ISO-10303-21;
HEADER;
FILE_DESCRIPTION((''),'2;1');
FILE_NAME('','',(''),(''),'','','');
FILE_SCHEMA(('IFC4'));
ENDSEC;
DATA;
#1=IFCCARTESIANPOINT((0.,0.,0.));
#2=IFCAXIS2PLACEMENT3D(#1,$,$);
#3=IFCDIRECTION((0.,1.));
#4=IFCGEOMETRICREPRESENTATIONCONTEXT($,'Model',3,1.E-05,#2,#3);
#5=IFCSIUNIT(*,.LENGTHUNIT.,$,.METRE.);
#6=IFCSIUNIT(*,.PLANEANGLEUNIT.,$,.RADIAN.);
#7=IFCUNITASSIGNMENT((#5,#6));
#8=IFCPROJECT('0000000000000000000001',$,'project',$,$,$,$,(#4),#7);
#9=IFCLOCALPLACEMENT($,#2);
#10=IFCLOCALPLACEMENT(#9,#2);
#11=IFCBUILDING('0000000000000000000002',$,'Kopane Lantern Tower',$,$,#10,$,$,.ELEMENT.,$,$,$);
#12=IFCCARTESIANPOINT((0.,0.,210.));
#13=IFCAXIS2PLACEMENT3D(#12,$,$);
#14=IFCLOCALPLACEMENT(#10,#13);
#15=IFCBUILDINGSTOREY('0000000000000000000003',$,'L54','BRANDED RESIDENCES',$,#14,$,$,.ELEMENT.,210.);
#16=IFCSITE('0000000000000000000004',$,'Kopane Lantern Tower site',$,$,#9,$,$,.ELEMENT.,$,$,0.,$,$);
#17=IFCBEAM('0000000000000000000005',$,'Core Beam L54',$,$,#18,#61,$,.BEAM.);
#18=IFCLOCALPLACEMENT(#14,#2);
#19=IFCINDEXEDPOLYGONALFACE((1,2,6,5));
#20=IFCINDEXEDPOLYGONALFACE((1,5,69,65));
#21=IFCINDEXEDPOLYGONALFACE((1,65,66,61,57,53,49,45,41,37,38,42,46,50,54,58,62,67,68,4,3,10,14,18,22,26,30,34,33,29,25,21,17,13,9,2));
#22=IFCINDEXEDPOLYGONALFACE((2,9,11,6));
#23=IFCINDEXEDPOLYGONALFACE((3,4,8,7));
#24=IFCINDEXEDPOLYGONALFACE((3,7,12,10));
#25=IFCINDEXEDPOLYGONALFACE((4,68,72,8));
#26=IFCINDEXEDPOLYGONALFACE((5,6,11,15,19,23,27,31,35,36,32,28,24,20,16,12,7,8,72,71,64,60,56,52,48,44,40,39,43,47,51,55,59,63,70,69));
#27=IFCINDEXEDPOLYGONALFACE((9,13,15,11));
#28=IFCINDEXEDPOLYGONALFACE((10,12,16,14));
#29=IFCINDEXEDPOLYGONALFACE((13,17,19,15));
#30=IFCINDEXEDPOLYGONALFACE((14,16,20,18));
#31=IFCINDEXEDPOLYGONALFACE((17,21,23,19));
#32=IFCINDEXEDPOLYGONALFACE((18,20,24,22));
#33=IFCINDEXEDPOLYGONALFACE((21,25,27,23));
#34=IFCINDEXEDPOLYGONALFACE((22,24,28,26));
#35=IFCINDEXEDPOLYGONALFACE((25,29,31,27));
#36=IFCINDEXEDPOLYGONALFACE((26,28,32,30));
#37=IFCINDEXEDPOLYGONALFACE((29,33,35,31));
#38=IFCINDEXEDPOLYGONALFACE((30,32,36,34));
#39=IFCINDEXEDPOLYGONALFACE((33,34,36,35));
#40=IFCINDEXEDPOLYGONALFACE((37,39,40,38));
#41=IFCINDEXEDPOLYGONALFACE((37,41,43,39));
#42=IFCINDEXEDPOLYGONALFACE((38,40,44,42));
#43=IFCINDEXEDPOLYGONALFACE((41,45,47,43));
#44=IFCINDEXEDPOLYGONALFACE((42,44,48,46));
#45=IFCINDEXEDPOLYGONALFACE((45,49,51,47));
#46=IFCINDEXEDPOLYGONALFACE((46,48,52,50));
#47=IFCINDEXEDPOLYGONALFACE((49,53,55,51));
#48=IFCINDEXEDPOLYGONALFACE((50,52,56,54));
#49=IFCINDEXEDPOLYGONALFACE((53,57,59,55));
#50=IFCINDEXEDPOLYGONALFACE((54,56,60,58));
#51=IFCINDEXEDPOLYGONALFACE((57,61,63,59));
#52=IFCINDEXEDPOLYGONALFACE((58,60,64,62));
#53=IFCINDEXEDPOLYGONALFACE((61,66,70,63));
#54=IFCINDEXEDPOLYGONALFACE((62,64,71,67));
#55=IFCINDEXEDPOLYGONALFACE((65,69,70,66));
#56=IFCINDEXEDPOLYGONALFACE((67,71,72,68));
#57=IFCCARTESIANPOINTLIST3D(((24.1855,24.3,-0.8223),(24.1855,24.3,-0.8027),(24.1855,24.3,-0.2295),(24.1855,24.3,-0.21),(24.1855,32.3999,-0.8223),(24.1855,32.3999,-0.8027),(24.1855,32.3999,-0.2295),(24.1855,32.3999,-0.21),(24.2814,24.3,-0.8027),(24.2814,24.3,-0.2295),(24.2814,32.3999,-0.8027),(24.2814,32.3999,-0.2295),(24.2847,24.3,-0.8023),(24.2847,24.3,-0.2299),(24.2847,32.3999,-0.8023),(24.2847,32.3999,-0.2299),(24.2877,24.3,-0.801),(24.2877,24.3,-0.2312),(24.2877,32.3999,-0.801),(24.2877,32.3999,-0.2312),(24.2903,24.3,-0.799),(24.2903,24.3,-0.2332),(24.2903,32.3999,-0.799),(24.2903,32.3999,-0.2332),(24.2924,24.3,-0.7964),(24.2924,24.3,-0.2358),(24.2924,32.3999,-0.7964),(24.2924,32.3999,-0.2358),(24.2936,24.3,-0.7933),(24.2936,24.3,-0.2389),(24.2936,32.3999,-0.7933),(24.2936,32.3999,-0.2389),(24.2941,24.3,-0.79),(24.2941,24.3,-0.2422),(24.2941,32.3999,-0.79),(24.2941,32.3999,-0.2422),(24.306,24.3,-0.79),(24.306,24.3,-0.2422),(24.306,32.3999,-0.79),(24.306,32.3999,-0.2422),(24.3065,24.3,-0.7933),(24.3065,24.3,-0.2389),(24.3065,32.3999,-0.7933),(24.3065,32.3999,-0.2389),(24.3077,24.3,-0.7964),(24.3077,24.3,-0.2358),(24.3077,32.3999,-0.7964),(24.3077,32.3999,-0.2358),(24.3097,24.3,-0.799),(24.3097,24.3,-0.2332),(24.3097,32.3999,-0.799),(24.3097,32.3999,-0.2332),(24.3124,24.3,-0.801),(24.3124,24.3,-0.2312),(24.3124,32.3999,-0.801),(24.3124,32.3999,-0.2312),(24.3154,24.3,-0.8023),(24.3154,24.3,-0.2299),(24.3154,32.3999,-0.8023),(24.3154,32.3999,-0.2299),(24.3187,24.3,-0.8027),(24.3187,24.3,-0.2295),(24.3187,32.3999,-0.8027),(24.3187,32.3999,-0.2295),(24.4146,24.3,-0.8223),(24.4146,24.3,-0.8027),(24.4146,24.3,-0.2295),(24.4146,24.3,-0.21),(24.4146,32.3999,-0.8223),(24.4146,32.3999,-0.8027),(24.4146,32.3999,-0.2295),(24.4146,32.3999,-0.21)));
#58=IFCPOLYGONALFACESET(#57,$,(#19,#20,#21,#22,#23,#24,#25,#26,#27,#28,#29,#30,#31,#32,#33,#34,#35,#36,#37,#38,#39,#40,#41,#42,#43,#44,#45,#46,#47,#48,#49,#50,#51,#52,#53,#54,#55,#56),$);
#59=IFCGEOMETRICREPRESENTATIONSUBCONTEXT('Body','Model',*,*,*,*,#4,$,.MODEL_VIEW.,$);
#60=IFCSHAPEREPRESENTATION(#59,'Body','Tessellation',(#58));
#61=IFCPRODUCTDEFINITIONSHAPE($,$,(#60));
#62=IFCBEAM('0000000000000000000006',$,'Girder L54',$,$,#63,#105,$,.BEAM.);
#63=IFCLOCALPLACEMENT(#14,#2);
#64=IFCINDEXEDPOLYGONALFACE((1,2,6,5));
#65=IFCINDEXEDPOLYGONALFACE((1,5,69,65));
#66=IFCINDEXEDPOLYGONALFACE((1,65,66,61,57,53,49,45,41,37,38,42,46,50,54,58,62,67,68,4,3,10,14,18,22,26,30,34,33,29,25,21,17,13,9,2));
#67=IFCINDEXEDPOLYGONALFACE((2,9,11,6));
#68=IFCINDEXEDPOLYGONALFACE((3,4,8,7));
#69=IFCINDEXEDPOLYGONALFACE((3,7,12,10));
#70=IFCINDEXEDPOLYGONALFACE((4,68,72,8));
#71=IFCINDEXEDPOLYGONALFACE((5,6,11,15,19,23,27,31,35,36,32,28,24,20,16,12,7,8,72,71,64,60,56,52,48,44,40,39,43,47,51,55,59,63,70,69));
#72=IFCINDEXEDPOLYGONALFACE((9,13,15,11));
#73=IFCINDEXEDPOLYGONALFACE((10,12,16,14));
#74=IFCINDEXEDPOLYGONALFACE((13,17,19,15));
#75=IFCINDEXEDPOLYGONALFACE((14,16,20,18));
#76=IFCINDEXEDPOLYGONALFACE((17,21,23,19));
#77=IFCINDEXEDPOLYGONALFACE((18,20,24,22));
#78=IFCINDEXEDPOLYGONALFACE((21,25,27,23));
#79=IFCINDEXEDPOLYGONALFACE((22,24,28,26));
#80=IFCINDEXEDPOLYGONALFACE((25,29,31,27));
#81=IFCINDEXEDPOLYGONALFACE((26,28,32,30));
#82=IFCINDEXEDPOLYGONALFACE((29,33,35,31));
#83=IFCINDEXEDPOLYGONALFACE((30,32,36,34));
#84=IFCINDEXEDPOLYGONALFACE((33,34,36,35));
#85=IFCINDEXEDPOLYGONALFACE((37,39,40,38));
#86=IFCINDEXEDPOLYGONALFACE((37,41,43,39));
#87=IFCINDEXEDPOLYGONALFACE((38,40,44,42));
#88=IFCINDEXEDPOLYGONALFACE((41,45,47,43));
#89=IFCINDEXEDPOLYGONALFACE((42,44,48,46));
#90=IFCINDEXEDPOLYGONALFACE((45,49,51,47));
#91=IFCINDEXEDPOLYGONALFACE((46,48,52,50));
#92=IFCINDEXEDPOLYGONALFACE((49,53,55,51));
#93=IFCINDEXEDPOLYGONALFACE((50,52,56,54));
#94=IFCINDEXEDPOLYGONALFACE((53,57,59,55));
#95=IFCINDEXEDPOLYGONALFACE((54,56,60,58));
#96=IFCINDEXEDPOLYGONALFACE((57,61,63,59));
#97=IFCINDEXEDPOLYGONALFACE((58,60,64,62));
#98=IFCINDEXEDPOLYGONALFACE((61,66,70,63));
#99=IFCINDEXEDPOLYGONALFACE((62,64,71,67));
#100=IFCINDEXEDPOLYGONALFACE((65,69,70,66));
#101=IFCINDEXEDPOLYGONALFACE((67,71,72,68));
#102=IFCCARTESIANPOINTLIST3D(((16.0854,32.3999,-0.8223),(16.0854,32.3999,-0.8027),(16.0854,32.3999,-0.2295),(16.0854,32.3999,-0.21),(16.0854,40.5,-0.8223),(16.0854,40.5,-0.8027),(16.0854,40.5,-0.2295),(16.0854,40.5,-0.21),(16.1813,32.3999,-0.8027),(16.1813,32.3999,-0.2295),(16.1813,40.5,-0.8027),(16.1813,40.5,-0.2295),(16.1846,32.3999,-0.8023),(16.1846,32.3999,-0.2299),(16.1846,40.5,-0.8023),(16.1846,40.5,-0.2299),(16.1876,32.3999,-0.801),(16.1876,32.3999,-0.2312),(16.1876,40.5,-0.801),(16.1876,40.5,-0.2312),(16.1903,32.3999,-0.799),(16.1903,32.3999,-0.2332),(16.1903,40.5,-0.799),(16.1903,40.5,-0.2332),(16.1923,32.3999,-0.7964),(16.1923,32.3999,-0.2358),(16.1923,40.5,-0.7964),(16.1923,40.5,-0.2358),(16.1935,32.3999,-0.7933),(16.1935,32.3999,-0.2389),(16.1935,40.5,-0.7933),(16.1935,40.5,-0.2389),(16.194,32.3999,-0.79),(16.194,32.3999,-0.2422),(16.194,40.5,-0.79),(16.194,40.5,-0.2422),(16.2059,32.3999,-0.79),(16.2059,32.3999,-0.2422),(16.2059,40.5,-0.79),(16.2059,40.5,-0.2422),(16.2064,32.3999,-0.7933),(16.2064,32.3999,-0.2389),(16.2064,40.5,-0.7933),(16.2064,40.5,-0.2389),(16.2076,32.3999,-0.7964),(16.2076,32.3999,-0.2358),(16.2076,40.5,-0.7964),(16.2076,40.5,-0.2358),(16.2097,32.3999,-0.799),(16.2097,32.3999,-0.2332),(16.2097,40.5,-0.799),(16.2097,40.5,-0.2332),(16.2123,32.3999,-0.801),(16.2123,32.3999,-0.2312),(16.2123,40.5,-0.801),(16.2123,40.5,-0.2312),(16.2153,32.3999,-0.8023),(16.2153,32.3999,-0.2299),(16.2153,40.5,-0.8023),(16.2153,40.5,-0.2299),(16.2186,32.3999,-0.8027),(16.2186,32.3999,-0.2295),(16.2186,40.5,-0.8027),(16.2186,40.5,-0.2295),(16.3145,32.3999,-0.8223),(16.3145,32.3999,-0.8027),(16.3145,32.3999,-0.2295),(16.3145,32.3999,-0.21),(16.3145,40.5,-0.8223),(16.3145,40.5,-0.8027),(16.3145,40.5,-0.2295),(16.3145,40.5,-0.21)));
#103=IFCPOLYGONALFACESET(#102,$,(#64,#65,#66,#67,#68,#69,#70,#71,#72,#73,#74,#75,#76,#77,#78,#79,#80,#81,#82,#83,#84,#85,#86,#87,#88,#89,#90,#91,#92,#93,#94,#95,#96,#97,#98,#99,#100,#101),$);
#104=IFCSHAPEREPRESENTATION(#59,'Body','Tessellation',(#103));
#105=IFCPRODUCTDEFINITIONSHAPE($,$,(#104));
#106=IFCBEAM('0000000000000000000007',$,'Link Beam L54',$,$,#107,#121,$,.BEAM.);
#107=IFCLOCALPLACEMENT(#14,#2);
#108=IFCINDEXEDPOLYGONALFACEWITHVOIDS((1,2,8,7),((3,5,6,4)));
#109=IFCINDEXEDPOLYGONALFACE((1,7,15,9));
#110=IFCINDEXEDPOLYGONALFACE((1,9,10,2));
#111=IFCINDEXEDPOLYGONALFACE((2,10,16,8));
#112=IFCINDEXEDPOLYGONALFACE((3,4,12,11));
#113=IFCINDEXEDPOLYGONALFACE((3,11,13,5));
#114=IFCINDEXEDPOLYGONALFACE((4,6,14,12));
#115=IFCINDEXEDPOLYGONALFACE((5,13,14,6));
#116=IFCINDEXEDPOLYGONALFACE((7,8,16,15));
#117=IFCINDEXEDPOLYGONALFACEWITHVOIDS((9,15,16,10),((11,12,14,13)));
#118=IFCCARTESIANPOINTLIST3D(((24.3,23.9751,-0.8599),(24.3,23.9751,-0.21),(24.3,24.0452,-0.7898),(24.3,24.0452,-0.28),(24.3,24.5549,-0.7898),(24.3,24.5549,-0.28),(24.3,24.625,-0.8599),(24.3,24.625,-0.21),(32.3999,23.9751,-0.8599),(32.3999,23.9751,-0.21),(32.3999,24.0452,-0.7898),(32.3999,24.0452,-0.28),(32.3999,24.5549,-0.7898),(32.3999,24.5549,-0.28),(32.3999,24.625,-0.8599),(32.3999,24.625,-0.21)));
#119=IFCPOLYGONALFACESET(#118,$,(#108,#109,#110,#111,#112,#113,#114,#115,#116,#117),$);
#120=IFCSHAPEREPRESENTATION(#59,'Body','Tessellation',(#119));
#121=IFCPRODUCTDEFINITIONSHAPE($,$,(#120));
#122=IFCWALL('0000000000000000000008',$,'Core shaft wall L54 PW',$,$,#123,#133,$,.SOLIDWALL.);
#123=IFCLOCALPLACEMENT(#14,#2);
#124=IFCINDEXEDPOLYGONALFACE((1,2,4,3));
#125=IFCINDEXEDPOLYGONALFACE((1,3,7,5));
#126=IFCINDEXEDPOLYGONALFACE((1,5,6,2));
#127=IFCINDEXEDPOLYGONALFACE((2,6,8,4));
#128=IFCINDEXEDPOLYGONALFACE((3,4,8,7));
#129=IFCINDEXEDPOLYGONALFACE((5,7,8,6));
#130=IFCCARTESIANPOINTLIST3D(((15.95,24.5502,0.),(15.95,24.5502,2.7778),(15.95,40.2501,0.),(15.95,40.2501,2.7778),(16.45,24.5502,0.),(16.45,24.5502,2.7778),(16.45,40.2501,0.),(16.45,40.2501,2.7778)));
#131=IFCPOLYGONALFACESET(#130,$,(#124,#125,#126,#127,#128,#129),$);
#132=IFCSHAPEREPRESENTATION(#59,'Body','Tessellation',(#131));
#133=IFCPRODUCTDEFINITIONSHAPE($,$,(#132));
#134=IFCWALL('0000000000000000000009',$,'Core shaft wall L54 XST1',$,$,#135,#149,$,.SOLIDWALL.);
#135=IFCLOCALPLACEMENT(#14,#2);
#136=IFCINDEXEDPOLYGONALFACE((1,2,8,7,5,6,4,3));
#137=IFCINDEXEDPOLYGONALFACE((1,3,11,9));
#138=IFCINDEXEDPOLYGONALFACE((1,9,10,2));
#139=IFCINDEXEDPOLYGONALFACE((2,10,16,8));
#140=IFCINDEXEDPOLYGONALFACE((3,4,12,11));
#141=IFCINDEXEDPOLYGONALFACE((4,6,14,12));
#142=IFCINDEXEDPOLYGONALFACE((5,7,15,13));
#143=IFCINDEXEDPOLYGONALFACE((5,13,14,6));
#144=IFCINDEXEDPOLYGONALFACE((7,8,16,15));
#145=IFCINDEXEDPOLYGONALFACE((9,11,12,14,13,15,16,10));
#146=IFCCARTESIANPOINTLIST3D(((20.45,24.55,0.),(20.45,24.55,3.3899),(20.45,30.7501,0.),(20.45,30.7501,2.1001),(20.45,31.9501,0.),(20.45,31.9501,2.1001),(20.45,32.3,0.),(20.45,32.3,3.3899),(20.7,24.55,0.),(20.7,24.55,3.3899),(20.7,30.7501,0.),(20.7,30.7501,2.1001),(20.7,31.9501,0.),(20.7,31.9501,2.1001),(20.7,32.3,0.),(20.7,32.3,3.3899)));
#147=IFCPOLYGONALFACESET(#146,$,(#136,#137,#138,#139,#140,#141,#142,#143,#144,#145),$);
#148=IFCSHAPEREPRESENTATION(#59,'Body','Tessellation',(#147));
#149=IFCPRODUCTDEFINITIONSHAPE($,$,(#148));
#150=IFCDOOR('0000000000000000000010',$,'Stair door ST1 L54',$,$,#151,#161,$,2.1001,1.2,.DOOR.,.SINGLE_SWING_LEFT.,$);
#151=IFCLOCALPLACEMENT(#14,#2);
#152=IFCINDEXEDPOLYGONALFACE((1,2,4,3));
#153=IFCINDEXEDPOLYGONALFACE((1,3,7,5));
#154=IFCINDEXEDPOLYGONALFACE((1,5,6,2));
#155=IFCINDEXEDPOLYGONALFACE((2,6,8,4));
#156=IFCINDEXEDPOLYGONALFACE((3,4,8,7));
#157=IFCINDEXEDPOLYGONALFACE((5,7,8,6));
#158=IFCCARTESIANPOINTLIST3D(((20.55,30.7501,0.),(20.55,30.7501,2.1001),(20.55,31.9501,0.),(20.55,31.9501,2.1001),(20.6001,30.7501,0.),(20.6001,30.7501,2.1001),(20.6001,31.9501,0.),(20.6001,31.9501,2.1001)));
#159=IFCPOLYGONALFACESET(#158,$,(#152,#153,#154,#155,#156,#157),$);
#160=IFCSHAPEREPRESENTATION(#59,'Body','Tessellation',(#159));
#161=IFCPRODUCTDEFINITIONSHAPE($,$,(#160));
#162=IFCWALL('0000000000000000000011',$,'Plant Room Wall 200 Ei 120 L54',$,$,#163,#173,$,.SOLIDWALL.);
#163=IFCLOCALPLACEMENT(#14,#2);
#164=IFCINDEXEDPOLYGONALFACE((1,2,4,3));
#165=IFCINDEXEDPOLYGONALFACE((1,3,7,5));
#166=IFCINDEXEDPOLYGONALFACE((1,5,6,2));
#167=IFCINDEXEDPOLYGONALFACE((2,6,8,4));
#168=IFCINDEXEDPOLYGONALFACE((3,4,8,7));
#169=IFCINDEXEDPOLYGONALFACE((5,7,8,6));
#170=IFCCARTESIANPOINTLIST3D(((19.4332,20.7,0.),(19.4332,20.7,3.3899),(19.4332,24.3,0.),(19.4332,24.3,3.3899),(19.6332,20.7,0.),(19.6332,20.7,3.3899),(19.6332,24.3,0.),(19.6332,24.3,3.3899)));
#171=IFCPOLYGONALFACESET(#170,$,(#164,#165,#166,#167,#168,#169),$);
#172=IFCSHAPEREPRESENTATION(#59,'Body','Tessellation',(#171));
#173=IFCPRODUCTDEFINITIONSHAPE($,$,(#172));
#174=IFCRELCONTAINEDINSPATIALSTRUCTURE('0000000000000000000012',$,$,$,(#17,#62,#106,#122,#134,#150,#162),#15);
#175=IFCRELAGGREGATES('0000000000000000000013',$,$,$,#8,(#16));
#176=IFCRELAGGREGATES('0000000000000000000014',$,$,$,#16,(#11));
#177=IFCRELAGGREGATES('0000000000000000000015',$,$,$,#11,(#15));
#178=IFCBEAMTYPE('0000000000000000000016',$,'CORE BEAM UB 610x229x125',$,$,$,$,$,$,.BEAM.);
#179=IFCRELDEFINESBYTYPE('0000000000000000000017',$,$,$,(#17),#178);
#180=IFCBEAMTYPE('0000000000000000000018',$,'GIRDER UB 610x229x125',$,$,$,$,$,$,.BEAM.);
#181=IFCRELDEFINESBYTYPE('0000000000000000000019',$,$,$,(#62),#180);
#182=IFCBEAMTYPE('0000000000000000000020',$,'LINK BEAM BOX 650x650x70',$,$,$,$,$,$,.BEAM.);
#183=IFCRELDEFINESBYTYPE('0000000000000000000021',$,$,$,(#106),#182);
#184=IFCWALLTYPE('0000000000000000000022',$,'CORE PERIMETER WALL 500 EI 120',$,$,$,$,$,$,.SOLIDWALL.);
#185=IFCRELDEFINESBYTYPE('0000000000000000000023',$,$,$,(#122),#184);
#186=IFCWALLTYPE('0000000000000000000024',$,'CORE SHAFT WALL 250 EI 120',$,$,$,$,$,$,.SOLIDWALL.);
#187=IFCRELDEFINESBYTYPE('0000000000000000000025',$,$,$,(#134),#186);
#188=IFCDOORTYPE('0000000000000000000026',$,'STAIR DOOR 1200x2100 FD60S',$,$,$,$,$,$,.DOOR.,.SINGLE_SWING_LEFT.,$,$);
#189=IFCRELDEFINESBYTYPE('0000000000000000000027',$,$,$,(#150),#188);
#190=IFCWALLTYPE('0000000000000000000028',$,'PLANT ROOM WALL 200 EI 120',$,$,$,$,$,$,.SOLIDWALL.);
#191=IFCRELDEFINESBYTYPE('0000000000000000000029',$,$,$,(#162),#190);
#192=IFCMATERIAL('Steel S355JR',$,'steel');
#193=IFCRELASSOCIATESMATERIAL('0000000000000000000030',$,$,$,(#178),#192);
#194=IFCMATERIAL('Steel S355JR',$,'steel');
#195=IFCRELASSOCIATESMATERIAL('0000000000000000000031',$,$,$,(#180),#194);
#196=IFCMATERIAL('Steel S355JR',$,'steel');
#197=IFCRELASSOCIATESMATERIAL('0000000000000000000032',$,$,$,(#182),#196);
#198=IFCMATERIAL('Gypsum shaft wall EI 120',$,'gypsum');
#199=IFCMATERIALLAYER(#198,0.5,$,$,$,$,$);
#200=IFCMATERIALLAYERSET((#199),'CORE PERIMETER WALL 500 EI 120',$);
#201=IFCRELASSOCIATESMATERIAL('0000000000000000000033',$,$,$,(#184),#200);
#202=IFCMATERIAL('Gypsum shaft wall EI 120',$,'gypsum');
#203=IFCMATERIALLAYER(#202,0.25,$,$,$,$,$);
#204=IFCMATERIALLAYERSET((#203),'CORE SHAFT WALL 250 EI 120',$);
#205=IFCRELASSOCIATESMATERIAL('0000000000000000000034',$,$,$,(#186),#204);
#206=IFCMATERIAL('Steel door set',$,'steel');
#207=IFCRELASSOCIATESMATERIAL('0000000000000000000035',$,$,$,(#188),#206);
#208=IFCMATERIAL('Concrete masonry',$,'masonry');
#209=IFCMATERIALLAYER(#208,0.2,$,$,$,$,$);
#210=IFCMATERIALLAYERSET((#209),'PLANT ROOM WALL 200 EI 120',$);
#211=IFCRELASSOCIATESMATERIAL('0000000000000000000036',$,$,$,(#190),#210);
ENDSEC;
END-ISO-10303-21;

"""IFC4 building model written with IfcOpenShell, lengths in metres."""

from ifc_helpers import new_model, si_unit, direction, frame, frame_2d, origin, origin_2d, place, context, subcontext, project, spatial, rectangle, hollow_rectangle, i_section, extrude, material, layer, layer_set, material_profile, profile_set, type_object, element, fill, save


model = new_model("IFC4")

# Units and contexts
model_context = context("Model", 3, precision=1e-05, world=origin(), true_north=direction((0.0, 1.0)))
body_context = subcontext(model_context, "Body", "Model", "MODEL_VIEW")
ifc_project = project(units=[si_unit("LENGTHUNIT", "METRE"), si_unit("PLANEANGLEUNIT", "RADIAN")], contexts=[model_context])

# Site, building, storey
site_placement = place(None, origin())
site = spatial("IfcSite", under=ifc_project, at=site_placement, Name="Kopane Lantern Tower site", CompositionType="ELEMENT", RefElevation=0.0)
building_placement = place(site_placement, origin())
building = spatial("IfcBuilding", under=site, at=building_placement, Name="Kopane Lantern Tower", CompositionType="ELEMENT")
storey_placement = place(building_placement, frame((0.0, 0.0, 210.0)))
storey = spatial("IfcBuildingStorey", under=building, at=storey_placement, Name="L54", Description="BRANDED RESIDENCES", CompositionType="ELEMENT", Elevation=210.0)

# Beams
ifc_material_1 = material(Name="Steel S355JR", Category="steel")
ifc_material_profile_1 = material_profile(ifc_material_1, i_section(OverallWidth=0.229, OverallDepth=0.6123, WebThickness=0.012, FlangeThickness=0.0195, FilletRadius=0.0127, at=origin_2d()), Name="UB 610x229x125")
ifc_profile_set_1 = profile_set([ifc_material_profile_1], Name="Steel S355JR")
beam_type_1 = type_object("IfcBeamType", Name="CORE BEAM UB 610x229x125", PredefinedType="BEAM", material=ifc_profile_set_1)
beam_1_placement = place(storey_placement, frame((24.3, 24.3, -0.5161), z_axis=(0.0, 1.0, 0.0), x_axis=(-1.0, 0.0, 0.0)))
element("IfcBeam", 1, at=beam_1_placement, inside=storey, type_object=beam_type_1, Name="Core Beam L54", PredefinedType="BEAM", context=body_context, shape_type="SweptSolid", body=[
    extrude(i_section(OverallWidth=0.229, OverallDepth=0.6123, WebThickness=0.012, FlangeThickness=0.0195, FilletRadius=0.0127, at=origin_2d()), origin(), (0.0, 0.0, 1.0), 8.0999),
])
ifc_material_2 = material(Name="Steel S355JR", Category="steel")
ifc_material_profile_2 = material_profile(ifc_material_2, i_section(OverallWidth=0.229, OverallDepth=0.6123, WebThickness=0.012, FlangeThickness=0.0195, FilletRadius=0.0127, at=origin_2d()), Name="UB 610x229x125")
ifc_profile_set_2 = profile_set([ifc_material_profile_2], Name="Steel S355JR")
beam_type_2 = type_object("IfcBeamType", Name="GIRDER UB 610x229x125", PredefinedType="BEAM", material=ifc_profile_set_2)
beam_2_placement = place(storey_placement, frame((16.2, 32.3999, -0.5161), z_axis=(0.0, 1.0, 0.0), x_axis=(-1.0, 0.0, 0.0)))
element("IfcBeam", 2, at=beam_2_placement, inside=storey, type_object=beam_type_2, Name="Girder L54", PredefinedType="BEAM", context=body_context, shape_type="SweptSolid", body=[
    extrude(i_section(OverallWidth=0.229, OverallDepth=0.6123, WebThickness=0.012, FlangeThickness=0.0195, FilletRadius=0.0127, at=origin_2d()), origin(), (0.0, 0.0, 1.0), 8.1001),
])
ifc_material_3 = material(Name="Steel S355JR", Category="steel")
ifc_material_profile_3 = material_profile(ifc_material_3, hollow_rectangle(XDim=0.6499, YDim=0.6499, WallThickness=0.0701, at=origin_2d()), Name="BOX 650x650x70")
ifc_profile_set_3 = profile_set([ifc_material_profile_3], Name="Steel S355JR")
beam_type_3 = type_object("IfcBeamType", Name="LINK BEAM BOX 650x650x70", PredefinedType="BEAM", material=ifc_profile_set_3)
beam_3_placement = place(storey_placement, frame((24.3, 24.3, -0.5349), z_axis=(1.0, 0.0, 0.0), x_axis=(0.0, 1.0, 0.0)))
element("IfcBeam", 3, at=beam_3_placement, inside=storey, type_object=beam_type_3, Name="Link Beam L54", PredefinedType="BEAM", context=body_context, shape_type="SweptSolid", body=[
    extrude(hollow_rectangle(XDim=0.6499, YDim=0.6499, WallThickness=0.0701, at=origin_2d()), origin(), (0.0, 0.0, 1.0), 8.0999),
])

# Wall
ifc_material_4 = material(Name="Gypsum shaft wall EI 120", Category="gypsum")
ifc_layer_1 = layer(ifc_material_4, 0.5)
ifc_layer_set_1 = layer_set([ifc_layer_1], Name="CORE PERIMETER WALL 500 EI 120")
wall_type_1 = type_object("IfcWallType", Name="CORE PERIMETER WALL 500 EI 120", PredefinedType="SOLIDWALL", material=ifc_layer_set_1)
wall_1_placement = place(storey_placement, frame((16.2, 24.55, 0.0), z_axis=(0.0, 0.0, 1.0), x_axis=(0.0, 1.0, 0.0)))
element("IfcWall", 4, at=wall_1_placement, inside=storey, type_object=wall_type_1, Name="Core shaft wall L54 PW", PredefinedType="SOLIDWALL", context=body_context, shape_type="SweptSolid", body=[
    extrude(rectangle(XDim=15.7, YDim=0.5, at=frame_2d((7.8501, 0.0))), origin(), (0.0, 0.0, 1.0), 2.7778),
])

# Wall, opening, door
ifc_material_5 = material(Name="Gypsum shaft wall EI 120", Category="gypsum")
ifc_layer_2 = layer(ifc_material_5, 0.25)
ifc_layer_set_2 = layer_set([ifc_layer_2], Name="CORE SHAFT WALL 250 EI 120")
wall_type_2 = type_object("IfcWallType", Name="CORE SHAFT WALL 250 EI 120", PredefinedType="SOLIDWALL", material=ifc_layer_set_2)
wall_2_placement = place(storey_placement, frame((20.575, 24.55, 0.0), z_axis=(0.0, 0.0, 1.0), x_axis=(0.0, 1.0, 0.0)))
wall_2 = element("IfcWall", 5, at=wall_2_placement, inside=storey, type_object=wall_type_2, Name="Core shaft wall L54 XST1", PredefinedType="SOLIDWALL", context=body_context, shape_type="SweptSolid", body=[
    extrude(rectangle(XDim=7.75, YDim=0.25, at=frame_2d((3.875, 0.0))), origin(), (0.0, 0.0, 1.0), 3.3899),
])
opening_1_placement = place(wall_2_placement, frame((6.2, 0.0, 0.0)))
opening_1 = element("IfcOpeningElement", 6, at=opening_1_placement, cuts=wall_2, PredefinedType="OPENING", context=body_context, shape_type="SweptSolid", body=[
    extrude(rectangle(XDim=1.2, YDim=2.1001, at=frame_2d((0.6001, 1.05))), frame((0.0, 0.135, 0.0), z_axis=(0.0, -1.0, 0.0), x_axis=(1.0, 0.0, 0.0)), (0.0, 0.0, 1.0), 0.27),
])
ifc_material_6 = material(Name="Steel door set", Category="steel")
door_type_1 = type_object("IfcDoorType", Name="STAIR DOOR 1200x2100 FD60S", OperationType="SINGLE_SWING_LEFT", PredefinedType="DOOR", material=ifc_material_6)
door_1_placement = place(opening_1_placement, origin())
door_1 = element("IfcDoor", 7, at=door_1_placement, inside=storey, type_object=door_type_1, Name="Stair door ST1 L54", OperationType="SINGLE_SWING_LEFT", OverallHeight=2.1001, OverallWidth=1.2, PredefinedType="DOOR", context=body_context, shape_type="SweptSolid", body=[
    extrude(rectangle(XDim=1.2, YDim=2.1001, at=frame_2d((0.6001, 1.05))), frame((0.0, 0.0249, 0.0), z_axis=(0.0, -1.0, 0.0), x_axis=(1.0, 0.0, 0.0)), (0.0, 0.0, 1.0), 0.05),
])
fill(opening_1, door_1)

# Wall
ifc_material_7 = material(Name="Concrete masonry", Category="masonry")
ifc_layer_3 = layer(ifc_material_7, 0.2)
ifc_layer_set_3 = layer_set([ifc_layer_3], Name="PLANT ROOM WALL 200 EI 120")
wall_type_3 = type_object("IfcWallType", Name="PLANT ROOM WALL 200 EI 120", PredefinedType="SOLIDWALL", material=ifc_layer_set_3)
wall_3_placement = place(storey_placement, frame((19.5332, 20.7, 0.0), z_axis=(0.0, 0.0, 1.0), x_axis=(0.0, 1.0, 0.0)))
element("IfcWall", 8, at=wall_3_placement, inside=storey, type_object=wall_type_3, Name="Plant Room Wall 200 Ei 120 L54", PredefinedType="SOLIDWALL", context=body_context, shape_type="SweptSolid", body=[
    extrude(rectangle(XDim=3.6001, YDim=0.2, at=frame_2d((1.8, 0.0))), origin(), (0.0, 0.0, 1.0), 3.3899),
])

save(model, "model.ifc")
